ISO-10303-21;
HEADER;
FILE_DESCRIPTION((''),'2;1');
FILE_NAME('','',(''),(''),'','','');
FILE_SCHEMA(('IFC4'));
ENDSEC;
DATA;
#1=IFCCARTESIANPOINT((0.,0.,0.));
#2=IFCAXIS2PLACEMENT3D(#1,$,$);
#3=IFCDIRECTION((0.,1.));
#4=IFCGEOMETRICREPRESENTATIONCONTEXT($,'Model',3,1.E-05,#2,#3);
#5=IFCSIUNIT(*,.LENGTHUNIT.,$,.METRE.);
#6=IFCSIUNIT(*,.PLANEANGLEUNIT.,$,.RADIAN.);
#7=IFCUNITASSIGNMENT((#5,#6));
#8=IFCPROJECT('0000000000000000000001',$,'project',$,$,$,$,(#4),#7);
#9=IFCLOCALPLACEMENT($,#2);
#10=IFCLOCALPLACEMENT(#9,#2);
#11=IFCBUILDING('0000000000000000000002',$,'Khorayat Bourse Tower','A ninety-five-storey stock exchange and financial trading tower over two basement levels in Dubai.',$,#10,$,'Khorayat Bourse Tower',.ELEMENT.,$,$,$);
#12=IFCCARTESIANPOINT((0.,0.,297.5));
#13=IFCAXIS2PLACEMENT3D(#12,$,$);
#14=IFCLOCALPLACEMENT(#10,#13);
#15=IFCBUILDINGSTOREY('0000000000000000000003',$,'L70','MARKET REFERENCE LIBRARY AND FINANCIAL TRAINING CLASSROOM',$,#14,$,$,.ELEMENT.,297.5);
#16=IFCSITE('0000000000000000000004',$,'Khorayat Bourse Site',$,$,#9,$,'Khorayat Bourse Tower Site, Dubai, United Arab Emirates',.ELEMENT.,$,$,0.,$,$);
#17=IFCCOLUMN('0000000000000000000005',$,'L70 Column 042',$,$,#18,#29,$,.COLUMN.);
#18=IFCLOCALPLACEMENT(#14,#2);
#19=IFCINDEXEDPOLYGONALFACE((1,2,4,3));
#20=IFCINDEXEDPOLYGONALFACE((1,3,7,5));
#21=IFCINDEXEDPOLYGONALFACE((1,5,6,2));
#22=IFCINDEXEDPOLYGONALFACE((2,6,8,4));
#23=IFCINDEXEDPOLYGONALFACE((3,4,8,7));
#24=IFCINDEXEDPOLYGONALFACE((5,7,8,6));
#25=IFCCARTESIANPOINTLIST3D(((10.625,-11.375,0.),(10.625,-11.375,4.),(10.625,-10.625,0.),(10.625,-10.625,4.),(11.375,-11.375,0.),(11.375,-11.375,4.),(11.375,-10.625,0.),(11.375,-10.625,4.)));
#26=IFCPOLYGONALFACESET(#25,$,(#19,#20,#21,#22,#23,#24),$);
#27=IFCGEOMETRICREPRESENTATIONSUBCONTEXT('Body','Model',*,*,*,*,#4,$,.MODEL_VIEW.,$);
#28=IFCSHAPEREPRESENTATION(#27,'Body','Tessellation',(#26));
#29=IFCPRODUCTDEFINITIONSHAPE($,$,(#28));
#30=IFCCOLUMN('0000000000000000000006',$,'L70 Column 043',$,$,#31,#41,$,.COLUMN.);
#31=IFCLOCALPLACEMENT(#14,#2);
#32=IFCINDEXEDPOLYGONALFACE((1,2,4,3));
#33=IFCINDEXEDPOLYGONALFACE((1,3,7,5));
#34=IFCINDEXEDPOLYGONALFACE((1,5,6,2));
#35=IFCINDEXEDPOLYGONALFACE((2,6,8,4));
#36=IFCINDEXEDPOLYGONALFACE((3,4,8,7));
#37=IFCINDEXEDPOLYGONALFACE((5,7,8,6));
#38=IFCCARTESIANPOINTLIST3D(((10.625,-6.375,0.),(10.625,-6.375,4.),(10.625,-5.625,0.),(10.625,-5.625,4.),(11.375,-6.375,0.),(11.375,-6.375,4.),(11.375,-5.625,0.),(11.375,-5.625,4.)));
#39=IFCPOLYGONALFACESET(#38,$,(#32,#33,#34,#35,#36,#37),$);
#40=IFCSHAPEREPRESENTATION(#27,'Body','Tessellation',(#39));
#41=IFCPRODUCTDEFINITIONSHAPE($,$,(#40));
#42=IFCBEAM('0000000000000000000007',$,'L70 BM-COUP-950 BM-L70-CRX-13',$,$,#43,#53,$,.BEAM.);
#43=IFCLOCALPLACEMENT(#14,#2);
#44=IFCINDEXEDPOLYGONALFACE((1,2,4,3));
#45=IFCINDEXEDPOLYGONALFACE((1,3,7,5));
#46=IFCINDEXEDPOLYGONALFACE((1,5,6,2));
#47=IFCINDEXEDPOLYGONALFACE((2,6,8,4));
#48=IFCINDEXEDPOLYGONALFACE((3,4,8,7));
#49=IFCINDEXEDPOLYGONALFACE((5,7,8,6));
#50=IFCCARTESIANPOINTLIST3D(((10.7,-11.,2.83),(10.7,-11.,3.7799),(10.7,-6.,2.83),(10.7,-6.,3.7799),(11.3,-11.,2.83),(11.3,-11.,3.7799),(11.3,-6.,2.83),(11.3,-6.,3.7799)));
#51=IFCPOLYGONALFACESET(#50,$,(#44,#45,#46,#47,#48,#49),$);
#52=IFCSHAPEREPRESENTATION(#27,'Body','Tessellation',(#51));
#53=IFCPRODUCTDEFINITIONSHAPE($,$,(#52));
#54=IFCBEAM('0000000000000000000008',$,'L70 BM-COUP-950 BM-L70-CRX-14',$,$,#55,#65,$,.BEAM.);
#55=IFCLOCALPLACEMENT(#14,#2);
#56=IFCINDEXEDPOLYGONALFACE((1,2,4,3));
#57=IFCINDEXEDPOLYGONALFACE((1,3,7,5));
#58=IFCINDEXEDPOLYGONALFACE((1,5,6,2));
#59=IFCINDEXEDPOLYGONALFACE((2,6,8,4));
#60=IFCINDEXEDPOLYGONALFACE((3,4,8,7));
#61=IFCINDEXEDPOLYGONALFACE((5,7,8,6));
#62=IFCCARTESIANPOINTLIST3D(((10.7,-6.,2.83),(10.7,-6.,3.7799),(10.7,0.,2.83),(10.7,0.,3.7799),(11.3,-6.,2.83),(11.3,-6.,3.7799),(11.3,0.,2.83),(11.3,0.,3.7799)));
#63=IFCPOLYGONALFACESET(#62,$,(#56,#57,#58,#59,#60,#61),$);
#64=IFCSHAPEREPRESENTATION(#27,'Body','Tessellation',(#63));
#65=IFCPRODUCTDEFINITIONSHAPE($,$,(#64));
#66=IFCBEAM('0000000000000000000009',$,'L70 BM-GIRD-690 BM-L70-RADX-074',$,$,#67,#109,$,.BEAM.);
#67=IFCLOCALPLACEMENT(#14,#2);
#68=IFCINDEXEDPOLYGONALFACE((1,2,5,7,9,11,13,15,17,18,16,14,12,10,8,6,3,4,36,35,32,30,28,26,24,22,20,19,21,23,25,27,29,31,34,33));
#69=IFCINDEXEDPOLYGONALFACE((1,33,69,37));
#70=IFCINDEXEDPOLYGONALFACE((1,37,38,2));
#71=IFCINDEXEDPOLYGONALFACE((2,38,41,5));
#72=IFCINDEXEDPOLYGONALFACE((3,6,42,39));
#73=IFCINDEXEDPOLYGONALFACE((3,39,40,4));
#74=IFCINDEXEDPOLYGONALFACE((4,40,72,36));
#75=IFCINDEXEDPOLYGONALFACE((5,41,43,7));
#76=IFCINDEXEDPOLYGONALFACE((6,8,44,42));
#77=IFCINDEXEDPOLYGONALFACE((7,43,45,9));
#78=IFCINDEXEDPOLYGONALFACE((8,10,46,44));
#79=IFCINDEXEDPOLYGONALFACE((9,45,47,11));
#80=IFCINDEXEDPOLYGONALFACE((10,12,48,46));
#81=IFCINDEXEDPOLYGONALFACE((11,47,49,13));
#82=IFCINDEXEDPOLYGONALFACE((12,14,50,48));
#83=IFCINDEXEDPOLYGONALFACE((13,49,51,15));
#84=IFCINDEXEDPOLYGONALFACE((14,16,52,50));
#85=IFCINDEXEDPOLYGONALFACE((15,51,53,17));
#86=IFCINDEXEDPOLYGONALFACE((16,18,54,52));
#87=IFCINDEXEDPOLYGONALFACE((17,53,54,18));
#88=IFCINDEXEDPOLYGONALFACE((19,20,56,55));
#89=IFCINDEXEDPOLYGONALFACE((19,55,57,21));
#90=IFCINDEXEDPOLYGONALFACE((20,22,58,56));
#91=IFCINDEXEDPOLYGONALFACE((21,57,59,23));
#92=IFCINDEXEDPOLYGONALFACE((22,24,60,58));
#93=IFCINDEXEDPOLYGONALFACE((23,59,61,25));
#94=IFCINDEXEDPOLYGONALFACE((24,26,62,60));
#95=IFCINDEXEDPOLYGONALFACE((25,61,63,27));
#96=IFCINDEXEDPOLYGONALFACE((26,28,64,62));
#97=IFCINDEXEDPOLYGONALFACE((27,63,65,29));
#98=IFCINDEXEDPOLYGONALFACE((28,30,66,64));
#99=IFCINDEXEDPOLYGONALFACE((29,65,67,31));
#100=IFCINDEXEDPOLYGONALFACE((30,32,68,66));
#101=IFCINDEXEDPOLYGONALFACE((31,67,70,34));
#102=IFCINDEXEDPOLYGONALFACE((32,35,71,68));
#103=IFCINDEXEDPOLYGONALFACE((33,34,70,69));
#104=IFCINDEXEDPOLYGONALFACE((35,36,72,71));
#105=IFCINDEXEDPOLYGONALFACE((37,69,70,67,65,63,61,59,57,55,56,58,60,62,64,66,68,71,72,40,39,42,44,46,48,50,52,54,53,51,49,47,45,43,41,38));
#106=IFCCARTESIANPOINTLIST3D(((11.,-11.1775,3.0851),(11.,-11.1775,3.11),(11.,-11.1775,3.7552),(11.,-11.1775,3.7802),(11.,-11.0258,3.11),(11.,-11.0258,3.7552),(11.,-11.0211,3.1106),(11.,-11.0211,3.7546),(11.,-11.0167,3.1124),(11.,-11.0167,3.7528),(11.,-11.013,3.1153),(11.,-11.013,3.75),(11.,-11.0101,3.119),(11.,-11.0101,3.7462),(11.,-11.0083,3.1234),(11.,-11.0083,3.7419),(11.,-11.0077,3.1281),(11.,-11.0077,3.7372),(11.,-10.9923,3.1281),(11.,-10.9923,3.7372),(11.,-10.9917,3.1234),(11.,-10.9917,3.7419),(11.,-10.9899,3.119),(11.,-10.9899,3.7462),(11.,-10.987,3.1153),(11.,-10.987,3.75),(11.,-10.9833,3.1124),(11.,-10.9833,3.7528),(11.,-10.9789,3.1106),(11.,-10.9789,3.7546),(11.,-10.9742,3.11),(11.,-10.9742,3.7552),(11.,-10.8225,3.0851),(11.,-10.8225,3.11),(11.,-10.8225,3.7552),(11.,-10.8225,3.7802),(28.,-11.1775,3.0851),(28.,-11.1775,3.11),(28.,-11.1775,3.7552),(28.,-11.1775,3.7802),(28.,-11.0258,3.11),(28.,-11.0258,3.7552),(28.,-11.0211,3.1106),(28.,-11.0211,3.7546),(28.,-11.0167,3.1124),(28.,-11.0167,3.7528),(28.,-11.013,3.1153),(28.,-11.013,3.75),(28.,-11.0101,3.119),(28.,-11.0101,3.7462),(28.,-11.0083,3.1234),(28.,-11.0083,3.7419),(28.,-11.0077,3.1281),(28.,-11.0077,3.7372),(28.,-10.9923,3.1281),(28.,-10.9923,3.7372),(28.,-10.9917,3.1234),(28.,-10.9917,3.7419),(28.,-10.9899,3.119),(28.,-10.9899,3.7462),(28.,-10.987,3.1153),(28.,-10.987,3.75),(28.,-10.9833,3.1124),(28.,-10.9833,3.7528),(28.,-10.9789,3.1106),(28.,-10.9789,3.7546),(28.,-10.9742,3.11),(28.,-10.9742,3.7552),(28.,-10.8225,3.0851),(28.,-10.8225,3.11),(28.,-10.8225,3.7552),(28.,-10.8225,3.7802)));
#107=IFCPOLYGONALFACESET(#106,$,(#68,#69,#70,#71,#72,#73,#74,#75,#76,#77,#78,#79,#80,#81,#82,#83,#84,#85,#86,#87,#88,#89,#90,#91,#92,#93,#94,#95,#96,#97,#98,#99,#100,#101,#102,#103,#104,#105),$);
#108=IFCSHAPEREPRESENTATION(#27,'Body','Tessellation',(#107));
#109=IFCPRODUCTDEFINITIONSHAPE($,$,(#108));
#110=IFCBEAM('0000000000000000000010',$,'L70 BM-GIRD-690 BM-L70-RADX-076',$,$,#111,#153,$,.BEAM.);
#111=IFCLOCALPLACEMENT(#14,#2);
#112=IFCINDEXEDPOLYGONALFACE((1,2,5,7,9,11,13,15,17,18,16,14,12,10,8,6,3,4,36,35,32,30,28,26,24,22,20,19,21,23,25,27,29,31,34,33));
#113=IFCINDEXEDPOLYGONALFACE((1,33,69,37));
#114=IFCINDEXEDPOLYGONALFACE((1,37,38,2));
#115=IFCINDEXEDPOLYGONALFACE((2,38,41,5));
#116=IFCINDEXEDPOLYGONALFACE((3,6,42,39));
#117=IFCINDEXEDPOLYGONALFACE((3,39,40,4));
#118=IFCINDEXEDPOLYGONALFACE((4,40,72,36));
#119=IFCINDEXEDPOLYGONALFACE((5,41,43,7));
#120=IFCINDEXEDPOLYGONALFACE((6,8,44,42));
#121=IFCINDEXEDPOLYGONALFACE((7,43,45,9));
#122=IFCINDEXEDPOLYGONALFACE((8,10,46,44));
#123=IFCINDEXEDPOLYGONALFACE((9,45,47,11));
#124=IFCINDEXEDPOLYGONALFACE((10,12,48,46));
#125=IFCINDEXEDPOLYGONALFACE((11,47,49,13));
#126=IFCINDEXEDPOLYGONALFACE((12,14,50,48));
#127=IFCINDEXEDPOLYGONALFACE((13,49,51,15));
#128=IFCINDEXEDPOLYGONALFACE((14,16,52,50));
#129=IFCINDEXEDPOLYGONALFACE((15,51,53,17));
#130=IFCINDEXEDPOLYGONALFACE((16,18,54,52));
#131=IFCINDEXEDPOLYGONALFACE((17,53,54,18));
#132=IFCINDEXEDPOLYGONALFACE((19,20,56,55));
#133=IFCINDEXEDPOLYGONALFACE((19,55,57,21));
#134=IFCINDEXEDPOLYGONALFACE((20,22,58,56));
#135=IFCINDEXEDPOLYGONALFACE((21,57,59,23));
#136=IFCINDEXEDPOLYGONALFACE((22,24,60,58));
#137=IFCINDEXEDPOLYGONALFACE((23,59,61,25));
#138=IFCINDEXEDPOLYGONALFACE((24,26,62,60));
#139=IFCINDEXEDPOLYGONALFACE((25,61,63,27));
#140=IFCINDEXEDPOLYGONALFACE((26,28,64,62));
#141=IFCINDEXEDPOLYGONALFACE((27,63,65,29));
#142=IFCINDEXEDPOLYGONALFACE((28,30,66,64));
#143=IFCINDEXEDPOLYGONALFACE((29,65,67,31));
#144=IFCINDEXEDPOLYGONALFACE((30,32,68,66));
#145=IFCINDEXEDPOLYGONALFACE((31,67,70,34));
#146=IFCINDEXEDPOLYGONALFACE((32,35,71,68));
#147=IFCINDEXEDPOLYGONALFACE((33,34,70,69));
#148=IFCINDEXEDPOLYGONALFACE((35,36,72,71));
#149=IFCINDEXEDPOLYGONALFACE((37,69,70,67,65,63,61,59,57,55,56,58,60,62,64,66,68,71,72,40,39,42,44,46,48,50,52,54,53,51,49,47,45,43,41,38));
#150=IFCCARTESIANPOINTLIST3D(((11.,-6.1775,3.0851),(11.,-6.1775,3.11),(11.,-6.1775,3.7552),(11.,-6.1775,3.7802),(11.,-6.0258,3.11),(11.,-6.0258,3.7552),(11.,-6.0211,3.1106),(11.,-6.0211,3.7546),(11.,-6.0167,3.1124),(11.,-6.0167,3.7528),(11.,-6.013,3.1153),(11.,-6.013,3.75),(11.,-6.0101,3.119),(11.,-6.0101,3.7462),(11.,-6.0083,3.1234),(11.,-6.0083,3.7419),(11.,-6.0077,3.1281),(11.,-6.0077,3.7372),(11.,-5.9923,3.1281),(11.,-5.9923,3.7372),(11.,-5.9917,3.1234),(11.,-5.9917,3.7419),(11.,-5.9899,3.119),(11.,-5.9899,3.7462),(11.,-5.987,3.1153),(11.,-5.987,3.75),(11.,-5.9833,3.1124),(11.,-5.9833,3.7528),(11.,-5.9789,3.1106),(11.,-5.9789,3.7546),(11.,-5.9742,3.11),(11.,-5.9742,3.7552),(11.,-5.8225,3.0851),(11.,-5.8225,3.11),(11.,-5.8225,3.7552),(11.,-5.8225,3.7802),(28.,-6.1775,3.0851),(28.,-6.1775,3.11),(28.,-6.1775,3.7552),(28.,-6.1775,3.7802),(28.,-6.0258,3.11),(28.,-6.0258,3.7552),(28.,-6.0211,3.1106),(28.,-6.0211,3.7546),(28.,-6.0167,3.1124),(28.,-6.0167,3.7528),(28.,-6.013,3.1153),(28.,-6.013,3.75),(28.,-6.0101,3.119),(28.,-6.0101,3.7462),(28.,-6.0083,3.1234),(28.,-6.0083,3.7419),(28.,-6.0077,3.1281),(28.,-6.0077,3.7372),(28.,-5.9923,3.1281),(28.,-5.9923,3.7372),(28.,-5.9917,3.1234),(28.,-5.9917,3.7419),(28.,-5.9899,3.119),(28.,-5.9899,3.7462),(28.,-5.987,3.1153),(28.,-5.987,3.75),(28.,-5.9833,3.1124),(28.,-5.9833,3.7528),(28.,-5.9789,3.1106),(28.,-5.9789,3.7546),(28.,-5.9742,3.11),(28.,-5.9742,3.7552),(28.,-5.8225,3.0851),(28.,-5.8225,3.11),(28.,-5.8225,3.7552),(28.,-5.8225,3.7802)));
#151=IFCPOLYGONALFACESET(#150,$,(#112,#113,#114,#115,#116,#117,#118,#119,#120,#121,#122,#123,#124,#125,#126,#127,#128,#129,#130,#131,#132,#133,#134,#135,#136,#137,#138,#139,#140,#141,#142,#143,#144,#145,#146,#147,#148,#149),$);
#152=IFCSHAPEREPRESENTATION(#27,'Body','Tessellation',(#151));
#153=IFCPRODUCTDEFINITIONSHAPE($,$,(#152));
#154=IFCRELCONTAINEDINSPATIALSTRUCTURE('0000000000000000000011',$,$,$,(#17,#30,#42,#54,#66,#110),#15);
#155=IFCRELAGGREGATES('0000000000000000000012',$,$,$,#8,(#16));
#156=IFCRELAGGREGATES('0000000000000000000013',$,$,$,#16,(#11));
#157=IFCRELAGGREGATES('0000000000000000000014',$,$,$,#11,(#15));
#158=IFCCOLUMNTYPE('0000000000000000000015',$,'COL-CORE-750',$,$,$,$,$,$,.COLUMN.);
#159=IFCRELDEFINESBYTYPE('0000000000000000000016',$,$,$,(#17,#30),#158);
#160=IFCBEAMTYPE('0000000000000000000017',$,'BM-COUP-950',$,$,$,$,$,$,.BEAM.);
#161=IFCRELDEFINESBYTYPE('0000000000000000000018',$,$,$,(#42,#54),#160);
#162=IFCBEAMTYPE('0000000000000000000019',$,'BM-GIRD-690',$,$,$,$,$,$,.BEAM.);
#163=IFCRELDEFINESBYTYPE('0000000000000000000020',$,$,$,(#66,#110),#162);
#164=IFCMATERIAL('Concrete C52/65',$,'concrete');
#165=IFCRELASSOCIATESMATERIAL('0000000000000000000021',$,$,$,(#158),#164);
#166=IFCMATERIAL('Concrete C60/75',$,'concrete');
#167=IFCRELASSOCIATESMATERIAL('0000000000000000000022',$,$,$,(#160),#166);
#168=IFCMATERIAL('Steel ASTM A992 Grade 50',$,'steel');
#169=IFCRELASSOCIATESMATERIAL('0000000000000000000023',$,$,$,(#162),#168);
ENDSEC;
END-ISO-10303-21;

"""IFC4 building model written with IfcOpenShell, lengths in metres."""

from ifc_helpers import new_model, si_unit, direction, frame, origin, origin_2d, place, context, subcontext, project, spatial, rectangle, i_section, extrude, source, transform, mapped, material, material_profile, profile_set, type_object, element, save


model = new_model("IFC4")

# Units and contexts
model_context = context("Model", 3, precision=1e-05, world=origin(), true_north=direction((0.0, 1.0)))
body_context = subcontext(model_context, "Body", "Model", "MODEL_VIEW")
ifc_project = project(units=[si_unit("LENGTHUNIT", "METRE"), si_unit("PLANEANGLEUNIT", "RADIAN")], contexts=[model_context])

# Site, building, storey
site_placement = place(None, origin())
site = spatial("IfcSite", under=ifc_project, at=site_placement, Name="Khorayat Bourse Site", LongName="Khorayat Bourse Tower Site, Dubai, United Arab Emirates", CompositionType="ELEMENT", RefElevation=0.0)
building_placement = place(site_placement, origin())
building = spatial("IfcBuilding", under=site, at=building_placement, Name="Khorayat Bourse Tower", Description="A ninety-five-storey stock exchange and financial trading tower over two basement levels in Dubai.", LongName="Khorayat Bourse Tower", CompositionType="ELEMENT")
storey_placement = place(building_placement, frame((0.0, 0.0, 297.5)))
storey = spatial("IfcBuildingStorey", under=building, at=storey_placement, Name="L70", Description="MARKET REFERENCE LIBRARY AND FINANCIAL TRAINING CLASSROOM", CompositionType="ELEMENT", Elevation=297.5)

# Columns
ifc_material_1 = material(Name="Concrete C52/65", Category="concrete")
ifc_material_profile_1 = material_profile(ifc_material_1, rectangle(XDim=0.75, YDim=0.75, at=origin_2d()), Name="RC 750x750")
ifc_profile_set_1 = profile_set([ifc_material_profile_1], Name="Concrete C52/65")
column_type = type_object("IfcColumnType", Name="COL-CORE-750", PredefinedType="COLUMN", material=ifc_profile_set_1)
shared_shape_1 = source(origin(), body_context, "Body", "SweptSolid", [
    extrude(rectangle(XDim=0.75, YDim=0.75, at=origin_2d()), origin(), (0.0, 0.0, 1.0), 4.0),
])
for number, where, z_axis, x_axis, name in (
    (1, (11.0, -11.0, 0.0), (0.0, 0.0, 1.0), (1.0, 0.0, 0.0), "L70 Column 042"),
    (2, (11.0, -6.0, 0.0), (0.0, 0.0, 1.0), (1.0, 0.0, 0.0), "L70 Column 043"),
):
    element("IfcColumn", number, at=place(storey_placement, frame(where, z_axis=z_axis, x_axis=x_axis)), inside=storey, type_object=column_type, Name=name, PredefinedType="COLUMN", context=body_context, shape_type="MappedRepresentation", body=[
        mapped(shared_shape_1, transform((0.0, 0.0, 0.0), scale=1.0)),
    ])

# Beams
ifc_material_2 = material(Name="Concrete C60/75", Category="concrete")
ifc_material_profile_2 = material_profile(ifc_material_2, rectangle(XDim=0.6001, YDim=0.95, at=origin_2d()), Name="RC 600x950")
ifc_profile_set_2 = profile_set([ifc_material_profile_2], Name="Concrete C60/75")
beam_type_1 = type_object("IfcBeamType", Name="BM-COUP-950", PredefinedType="BEAM", material=ifc_profile_set_2)
shared_shape_2 = source(origin(), body_context, "Body", "SweptSolid", [
    extrude(rectangle(XDim=0.6001, YDim=0.95, at=origin_2d()), origin(), (0.0, 0.0, 1.0), 5.0),
])
beam_1_placement = place(storey_placement, frame((11.0, -11.0, 3.3049), z_axis=(0.0, 1.0, 0.0), x_axis=(-1.0, 0.0, 0.0)))
element("IfcBeam", 3, at=beam_1_placement, inside=storey, type_object=beam_type_1, Name="L70 BM-COUP-950 BM-L70-CRX-13", PredefinedType="BEAM", context=body_context, shape_type="MappedRepresentation", body=[
    mapped(shared_shape_2, transform((0.0, 0.0, 0.0), scale=1.0)),
])
shared_shape_3 = source(origin(), body_context, "Body", "SweptSolid", [
    extrude(rectangle(XDim=0.6001, YDim=0.95, at=origin_2d()), origin(), (0.0, 0.0, 1.0), 6.0),
])
beam_2_placement = place(storey_placement, frame((11.0, -6.0, 3.3049), z_axis=(0.0, 1.0, 0.0), x_axis=(-1.0, 0.0, 0.0)))
element("IfcBeam", 4, at=beam_2_placement, inside=storey, type_object=beam_type_1, Name="L70 BM-COUP-950 BM-L70-CRX-14", PredefinedType="BEAM", context=body_context, shape_type="MappedRepresentation", body=[
    mapped(shared_shape_3, transform((0.0, 0.0, 0.0), scale=1.0)),
])
ifc_material_3 = material(Name="Steel ASTM A992 Grade 50", Category="steel")
ifc_material_profile_3 = material_profile(ifc_material_3, i_section(OverallWidth=0.355, OverallDepth=0.6951, WebThickness=0.0154, FlangeThickness=0.0249, FilletRadius=0.0181, at=origin_2d()), Name="W690X217")
ifc_profile_set_3 = profile_set([ifc_material_profile_3], Name="Steel ASTM A992 Grade 50")
beam_type_2 = type_object("IfcBeamType", Name="BM-GIRD-690", PredefinedType="BEAM", material=ifc_profile_set_3)
shared_shape_4 = source(origin(), body_context, "Body", "SweptSolid", [
    extrude(i_section(OverallWidth=0.355, OverallDepth=0.6951, WebThickness=0.0154, FlangeThickness=0.0249, FilletRadius=0.0181, at=origin_2d()), origin(), (0.0, 0.0, 1.0), 17.0),
])
for number, where, z_axis, x_axis, name in (
    (5, (11.0, -11.0, 3.4326), (1.0, 0.0, 0.0), (0.0, 1.0, 0.0), "L70 BM-GIRD-690 BM-L70-RADX-074"),
    (6, (11.0, -6.0, 3.4326), (1.0, 0.0, 0.0), (0.0, 1.0, 0.0), "L70 BM-GIRD-690 BM-L70-RADX-076"),
):
    element("IfcBeam", number, at=place(storey_placement, frame(where, z_axis=z_axis, x_axis=x_axis)), inside=storey, type_object=beam_type_2, Name=name, PredefinedType="BEAM", context=body_context, shape_type="MappedRepresentation", body=[
        mapped(shared_shape_4, transform((0.0, 0.0, 0.0), scale=1.0)),
    ])

save(model, "model.ifc")
